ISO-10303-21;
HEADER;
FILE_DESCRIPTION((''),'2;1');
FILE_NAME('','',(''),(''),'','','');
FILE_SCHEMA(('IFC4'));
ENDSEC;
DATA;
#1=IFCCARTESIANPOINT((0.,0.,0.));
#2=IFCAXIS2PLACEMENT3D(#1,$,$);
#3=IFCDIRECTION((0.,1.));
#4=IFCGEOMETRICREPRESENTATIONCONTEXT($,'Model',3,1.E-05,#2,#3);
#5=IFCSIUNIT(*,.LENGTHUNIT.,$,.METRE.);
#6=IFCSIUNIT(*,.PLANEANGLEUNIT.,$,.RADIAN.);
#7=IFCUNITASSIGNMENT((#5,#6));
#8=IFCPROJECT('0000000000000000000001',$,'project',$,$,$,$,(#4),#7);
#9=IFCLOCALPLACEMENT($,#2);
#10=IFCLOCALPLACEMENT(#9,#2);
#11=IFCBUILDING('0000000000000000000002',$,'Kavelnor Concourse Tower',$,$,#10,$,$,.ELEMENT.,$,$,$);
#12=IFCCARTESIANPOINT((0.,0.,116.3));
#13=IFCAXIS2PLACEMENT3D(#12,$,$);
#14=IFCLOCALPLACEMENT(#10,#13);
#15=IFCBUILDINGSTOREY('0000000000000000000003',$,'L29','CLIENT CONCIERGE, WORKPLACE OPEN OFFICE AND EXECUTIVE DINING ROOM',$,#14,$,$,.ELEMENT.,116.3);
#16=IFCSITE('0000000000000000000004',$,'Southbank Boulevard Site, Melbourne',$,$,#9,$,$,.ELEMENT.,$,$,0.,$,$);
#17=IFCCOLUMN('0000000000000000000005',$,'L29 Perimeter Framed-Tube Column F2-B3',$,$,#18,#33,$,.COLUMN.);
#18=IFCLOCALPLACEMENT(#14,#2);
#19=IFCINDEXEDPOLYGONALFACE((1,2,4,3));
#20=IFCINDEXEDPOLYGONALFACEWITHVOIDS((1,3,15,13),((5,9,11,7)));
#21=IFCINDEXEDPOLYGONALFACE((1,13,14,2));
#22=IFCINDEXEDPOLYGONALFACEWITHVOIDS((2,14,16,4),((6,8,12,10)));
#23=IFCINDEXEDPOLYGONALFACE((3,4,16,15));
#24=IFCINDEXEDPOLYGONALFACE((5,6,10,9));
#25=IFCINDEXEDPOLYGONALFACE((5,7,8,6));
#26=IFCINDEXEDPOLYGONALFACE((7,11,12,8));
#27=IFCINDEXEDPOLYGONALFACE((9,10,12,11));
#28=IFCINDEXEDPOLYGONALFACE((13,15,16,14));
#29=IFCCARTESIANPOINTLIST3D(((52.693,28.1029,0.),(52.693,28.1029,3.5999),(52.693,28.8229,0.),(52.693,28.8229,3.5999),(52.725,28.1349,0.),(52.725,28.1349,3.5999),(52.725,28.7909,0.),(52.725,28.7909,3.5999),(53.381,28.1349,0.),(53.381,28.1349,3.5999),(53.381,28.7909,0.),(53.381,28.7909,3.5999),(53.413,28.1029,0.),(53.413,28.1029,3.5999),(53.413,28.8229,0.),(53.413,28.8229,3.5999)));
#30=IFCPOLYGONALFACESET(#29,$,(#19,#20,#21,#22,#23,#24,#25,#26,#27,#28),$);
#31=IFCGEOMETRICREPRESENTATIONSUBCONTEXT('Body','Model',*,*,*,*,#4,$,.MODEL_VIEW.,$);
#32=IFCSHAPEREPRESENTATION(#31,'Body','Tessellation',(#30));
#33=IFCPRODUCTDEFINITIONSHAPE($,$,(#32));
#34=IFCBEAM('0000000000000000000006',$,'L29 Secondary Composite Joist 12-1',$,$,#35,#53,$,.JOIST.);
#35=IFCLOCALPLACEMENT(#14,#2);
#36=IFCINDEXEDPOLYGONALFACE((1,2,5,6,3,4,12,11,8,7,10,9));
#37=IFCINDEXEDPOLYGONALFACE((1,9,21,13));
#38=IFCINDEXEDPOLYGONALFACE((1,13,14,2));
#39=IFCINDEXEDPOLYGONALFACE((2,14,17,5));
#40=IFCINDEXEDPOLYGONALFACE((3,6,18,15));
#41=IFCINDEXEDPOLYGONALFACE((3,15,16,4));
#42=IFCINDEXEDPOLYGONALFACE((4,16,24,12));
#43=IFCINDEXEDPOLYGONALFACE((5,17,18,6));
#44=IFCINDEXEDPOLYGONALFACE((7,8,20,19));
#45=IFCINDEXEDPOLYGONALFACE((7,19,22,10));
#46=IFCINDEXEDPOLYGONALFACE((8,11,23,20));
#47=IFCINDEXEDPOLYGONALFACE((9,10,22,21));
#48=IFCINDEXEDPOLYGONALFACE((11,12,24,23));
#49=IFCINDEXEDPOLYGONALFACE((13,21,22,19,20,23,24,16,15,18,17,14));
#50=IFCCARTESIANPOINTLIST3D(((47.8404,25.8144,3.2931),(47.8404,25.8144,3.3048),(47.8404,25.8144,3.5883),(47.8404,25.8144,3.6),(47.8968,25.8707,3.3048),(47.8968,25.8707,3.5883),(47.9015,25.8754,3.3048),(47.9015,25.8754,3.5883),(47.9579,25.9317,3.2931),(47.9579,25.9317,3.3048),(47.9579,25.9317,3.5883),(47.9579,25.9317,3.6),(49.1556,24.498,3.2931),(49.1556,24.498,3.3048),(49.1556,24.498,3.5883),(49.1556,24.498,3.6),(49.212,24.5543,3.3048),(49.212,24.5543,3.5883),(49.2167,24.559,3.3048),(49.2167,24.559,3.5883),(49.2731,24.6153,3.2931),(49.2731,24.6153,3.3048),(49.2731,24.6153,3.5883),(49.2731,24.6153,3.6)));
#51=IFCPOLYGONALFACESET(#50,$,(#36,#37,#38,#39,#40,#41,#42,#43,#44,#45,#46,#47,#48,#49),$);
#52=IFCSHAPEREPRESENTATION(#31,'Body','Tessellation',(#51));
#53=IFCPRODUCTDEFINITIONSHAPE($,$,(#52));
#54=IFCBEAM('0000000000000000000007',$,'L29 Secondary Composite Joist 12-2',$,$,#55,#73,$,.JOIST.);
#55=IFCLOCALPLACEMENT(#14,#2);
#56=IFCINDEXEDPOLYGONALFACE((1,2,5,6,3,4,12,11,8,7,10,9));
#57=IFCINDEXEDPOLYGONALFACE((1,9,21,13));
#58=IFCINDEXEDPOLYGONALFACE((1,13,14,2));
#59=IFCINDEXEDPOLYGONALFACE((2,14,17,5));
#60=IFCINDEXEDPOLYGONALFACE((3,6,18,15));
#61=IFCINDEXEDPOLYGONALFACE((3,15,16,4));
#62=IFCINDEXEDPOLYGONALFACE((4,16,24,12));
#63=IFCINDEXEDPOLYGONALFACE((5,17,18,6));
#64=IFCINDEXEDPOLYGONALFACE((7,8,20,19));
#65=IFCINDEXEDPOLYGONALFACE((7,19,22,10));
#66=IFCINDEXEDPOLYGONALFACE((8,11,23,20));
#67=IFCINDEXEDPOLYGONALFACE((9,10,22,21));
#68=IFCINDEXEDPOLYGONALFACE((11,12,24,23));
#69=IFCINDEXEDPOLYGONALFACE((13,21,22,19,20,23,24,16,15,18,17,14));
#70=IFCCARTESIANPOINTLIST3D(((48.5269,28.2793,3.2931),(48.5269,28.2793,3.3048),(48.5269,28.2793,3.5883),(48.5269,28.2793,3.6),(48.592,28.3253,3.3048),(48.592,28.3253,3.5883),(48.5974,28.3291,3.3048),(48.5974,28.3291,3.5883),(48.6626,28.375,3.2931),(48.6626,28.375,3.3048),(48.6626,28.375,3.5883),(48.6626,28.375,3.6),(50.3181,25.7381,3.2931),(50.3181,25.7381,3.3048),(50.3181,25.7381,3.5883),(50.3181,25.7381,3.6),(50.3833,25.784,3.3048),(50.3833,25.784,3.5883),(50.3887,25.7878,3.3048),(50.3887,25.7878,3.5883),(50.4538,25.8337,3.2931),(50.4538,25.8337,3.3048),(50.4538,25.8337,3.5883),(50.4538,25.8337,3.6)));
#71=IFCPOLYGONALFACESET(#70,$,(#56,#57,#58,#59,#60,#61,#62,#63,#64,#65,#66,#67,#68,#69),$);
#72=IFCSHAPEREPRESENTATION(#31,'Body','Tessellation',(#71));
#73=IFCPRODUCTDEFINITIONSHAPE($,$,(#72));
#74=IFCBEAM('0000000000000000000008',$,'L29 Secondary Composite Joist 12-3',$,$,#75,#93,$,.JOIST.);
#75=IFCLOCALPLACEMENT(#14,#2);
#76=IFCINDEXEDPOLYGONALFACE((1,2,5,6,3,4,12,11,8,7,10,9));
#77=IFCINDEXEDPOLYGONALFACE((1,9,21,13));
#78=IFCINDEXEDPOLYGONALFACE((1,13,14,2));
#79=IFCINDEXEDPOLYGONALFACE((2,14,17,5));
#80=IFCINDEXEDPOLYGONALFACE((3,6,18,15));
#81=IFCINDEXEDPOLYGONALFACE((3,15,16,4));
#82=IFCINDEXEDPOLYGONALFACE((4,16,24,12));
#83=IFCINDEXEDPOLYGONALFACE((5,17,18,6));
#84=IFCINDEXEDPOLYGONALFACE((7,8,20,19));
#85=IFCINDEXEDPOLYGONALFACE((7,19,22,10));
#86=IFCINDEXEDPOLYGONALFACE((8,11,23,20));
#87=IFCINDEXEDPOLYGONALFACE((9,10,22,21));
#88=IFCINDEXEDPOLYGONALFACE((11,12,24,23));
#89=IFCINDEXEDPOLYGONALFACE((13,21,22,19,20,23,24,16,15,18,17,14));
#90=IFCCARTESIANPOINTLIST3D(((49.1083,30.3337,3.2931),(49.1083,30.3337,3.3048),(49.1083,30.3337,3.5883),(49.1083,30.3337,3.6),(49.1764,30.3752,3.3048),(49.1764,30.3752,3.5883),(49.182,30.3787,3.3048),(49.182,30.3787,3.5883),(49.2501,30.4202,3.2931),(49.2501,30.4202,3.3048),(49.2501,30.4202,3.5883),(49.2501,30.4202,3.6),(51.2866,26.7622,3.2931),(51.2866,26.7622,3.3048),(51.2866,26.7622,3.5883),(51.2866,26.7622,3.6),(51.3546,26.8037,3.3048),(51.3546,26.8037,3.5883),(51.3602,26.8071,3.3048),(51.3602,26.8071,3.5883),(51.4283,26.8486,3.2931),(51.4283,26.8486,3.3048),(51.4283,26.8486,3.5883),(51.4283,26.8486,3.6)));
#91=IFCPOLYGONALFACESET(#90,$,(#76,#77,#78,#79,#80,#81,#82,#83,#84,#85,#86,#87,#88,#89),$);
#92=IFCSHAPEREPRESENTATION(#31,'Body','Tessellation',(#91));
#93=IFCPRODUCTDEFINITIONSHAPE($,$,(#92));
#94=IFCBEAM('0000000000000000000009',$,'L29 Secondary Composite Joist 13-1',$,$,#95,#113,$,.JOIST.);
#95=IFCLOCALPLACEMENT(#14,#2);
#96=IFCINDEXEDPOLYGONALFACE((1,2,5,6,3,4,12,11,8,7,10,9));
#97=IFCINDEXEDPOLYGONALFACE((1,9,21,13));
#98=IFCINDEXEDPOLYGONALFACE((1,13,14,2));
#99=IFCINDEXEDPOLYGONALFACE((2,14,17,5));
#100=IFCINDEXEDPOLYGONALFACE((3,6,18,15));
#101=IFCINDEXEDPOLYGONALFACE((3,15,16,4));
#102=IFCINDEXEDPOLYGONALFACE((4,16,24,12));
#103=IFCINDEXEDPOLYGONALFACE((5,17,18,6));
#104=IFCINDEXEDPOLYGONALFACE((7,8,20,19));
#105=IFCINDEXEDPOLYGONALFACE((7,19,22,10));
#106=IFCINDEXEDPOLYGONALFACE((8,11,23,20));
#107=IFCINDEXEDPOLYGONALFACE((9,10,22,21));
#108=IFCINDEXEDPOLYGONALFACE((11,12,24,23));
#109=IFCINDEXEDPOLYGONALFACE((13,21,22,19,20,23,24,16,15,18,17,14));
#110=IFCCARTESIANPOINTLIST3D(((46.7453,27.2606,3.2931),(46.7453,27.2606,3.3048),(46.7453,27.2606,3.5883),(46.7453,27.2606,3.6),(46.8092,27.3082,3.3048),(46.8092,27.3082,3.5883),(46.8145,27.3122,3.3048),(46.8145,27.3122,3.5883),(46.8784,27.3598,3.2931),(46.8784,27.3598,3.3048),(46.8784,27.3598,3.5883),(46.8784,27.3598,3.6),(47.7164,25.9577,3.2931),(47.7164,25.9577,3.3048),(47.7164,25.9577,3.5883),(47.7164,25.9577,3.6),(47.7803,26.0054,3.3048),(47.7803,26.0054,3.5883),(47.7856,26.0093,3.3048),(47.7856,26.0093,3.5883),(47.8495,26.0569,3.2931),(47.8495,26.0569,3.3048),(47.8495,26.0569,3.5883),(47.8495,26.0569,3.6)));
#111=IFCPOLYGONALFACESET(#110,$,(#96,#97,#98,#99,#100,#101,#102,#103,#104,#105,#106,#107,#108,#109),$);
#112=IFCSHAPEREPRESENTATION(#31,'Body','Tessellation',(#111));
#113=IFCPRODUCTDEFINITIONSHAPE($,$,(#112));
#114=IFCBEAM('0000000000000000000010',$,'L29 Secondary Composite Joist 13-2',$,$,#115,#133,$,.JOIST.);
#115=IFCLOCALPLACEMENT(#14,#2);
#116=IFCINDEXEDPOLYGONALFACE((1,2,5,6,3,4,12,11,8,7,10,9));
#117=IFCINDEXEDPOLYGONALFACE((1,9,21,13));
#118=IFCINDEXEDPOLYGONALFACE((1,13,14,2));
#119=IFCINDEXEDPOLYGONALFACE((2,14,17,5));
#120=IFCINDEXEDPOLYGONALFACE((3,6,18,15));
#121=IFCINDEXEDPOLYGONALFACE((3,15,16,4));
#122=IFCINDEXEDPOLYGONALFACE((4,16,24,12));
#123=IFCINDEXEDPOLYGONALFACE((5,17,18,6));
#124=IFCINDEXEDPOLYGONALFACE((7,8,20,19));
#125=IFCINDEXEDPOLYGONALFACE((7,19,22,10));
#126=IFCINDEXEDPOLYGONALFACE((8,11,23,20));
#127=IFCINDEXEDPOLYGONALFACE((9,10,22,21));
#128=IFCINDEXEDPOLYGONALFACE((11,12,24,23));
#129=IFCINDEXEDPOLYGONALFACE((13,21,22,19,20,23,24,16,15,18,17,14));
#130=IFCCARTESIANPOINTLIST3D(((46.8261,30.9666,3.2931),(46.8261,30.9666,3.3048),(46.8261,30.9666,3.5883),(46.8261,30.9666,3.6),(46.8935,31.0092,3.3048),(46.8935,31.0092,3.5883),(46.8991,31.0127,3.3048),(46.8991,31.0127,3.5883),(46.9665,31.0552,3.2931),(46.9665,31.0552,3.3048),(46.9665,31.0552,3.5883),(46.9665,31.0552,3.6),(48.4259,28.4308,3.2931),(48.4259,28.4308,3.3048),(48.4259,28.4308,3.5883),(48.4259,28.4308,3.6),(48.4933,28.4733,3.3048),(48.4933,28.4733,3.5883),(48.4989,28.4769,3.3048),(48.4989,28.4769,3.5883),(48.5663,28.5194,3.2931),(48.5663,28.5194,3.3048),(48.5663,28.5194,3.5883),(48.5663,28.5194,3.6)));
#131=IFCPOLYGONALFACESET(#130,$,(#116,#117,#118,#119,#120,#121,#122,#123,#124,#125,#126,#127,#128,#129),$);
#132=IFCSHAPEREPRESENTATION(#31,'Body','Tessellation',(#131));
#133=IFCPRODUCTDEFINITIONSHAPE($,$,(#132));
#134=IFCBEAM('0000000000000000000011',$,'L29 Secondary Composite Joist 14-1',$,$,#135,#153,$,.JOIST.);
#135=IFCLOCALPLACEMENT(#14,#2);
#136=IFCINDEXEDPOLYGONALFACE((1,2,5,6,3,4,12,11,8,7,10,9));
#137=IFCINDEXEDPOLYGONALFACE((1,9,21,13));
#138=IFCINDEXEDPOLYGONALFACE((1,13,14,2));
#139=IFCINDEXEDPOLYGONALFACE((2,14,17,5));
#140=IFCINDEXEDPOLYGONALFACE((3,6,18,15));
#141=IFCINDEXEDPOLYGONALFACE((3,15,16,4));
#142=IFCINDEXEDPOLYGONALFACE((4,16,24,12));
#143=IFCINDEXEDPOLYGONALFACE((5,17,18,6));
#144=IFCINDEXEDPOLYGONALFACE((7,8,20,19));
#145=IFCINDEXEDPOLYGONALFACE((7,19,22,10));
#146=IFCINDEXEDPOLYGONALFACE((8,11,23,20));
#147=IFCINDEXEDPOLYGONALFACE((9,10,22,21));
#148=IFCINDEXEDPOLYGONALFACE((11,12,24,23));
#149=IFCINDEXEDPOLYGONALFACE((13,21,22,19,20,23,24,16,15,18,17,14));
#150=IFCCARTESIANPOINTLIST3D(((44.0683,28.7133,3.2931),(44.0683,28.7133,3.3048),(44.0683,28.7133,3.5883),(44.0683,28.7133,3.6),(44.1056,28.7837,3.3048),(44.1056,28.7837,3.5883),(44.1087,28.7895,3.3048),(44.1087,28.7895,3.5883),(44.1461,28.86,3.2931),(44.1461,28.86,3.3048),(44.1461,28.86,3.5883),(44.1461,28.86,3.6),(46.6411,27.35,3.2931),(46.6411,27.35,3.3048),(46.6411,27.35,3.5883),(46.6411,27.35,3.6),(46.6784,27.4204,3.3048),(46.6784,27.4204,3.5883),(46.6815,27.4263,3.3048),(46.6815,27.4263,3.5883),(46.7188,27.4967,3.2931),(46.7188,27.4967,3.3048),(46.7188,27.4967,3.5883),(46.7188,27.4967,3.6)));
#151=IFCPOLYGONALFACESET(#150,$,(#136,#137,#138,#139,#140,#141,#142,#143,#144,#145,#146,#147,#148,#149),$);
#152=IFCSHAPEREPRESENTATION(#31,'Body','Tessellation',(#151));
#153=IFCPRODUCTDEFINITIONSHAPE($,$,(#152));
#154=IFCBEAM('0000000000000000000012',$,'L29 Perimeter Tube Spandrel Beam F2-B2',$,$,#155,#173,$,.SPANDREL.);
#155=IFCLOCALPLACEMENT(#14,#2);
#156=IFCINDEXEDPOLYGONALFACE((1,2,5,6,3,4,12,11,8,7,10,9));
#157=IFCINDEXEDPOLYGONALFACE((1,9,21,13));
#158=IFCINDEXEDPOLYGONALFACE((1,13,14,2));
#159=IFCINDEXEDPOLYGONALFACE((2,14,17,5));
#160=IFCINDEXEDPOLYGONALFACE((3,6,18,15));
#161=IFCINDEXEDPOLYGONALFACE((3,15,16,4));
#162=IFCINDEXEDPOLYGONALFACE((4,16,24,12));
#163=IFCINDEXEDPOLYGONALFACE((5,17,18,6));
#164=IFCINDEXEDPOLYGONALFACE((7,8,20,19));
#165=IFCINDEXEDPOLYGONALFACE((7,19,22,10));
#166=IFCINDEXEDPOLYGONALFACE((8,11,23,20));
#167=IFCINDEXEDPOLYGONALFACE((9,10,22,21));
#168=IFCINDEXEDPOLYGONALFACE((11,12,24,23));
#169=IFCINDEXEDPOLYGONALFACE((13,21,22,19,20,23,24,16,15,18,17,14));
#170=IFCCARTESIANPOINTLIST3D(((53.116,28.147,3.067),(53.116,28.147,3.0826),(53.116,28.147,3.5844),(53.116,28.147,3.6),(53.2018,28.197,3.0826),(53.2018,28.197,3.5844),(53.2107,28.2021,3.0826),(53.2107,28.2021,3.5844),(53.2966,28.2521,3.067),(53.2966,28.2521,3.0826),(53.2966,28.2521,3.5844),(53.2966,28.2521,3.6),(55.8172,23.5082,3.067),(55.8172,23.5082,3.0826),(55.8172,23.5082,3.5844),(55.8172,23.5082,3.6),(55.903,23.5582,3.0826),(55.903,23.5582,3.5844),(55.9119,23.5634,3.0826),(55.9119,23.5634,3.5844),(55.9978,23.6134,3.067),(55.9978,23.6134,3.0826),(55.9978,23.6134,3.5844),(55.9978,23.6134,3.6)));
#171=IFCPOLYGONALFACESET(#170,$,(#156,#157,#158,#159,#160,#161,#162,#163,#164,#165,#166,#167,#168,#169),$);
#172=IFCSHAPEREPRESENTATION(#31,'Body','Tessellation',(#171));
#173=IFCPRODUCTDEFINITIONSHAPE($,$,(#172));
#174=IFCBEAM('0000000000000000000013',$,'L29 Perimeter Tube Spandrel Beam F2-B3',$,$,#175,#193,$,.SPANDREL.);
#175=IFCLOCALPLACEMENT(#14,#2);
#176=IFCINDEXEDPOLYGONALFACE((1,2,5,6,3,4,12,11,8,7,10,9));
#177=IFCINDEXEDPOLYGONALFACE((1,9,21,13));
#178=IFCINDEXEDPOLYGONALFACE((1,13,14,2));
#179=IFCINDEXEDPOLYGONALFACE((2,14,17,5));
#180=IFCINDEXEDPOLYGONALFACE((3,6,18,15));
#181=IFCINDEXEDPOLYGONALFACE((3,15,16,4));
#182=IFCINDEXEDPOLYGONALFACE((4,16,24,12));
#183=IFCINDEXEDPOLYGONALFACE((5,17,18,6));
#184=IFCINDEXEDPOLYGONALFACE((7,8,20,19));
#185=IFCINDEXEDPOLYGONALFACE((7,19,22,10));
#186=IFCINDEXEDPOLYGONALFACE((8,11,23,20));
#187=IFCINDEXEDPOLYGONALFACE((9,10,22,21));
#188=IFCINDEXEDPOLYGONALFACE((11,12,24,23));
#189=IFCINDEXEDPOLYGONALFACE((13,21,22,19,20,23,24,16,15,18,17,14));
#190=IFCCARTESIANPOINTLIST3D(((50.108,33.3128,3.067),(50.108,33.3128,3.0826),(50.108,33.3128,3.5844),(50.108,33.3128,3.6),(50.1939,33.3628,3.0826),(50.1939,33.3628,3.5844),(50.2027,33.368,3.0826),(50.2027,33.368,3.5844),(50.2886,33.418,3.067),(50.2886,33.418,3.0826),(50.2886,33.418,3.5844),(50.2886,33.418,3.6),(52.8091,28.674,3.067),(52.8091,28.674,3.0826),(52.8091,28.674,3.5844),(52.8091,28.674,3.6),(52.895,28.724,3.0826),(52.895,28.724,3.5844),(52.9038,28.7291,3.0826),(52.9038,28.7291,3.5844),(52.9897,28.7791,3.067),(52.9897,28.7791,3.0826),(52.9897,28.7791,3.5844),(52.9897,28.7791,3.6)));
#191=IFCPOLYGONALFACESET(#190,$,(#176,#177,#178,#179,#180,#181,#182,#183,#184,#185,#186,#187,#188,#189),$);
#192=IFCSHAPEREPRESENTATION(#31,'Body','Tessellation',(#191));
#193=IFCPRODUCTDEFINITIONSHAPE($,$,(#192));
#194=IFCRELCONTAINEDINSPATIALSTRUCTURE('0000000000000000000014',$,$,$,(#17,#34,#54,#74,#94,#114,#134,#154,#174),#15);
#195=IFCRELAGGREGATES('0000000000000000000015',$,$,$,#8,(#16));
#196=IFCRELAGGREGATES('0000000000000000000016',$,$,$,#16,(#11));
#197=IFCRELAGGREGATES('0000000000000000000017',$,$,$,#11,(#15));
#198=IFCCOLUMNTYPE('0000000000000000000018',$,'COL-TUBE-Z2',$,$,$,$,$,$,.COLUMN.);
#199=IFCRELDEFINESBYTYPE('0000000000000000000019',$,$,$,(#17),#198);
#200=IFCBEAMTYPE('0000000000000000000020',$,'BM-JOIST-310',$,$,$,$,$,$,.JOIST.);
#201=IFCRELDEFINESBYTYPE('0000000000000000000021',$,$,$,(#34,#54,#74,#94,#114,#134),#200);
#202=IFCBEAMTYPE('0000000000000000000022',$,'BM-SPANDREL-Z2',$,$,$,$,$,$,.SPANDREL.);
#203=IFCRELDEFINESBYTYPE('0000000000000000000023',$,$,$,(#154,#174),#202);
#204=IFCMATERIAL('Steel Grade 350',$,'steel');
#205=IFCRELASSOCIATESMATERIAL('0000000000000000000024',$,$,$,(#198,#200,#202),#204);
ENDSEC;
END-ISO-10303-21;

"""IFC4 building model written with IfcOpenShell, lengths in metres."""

from ifc_helpers import new_model, si_unit, direction, frame, origin, origin_2d, place, context, subcontext, project, spatial, hollow_rectangle, i_section, extrude, material, material_profile, profile_set, type_object, element, save


model = new_model("IFC4")

# Units and contexts
model_context = context("Model", 3, precision=1e-05, world=origin(), true_north=direction((0.0, 1.0)))
body_context = subcontext(model_context, "Body", "Model", "MODEL_VIEW")
ifc_project = project(units=[si_unit("LENGTHUNIT", "METRE"), si_unit("PLANEANGLEUNIT", "RADIAN")], contexts=[model_context])

# Site, building, storey
site_placement = place(None, origin())
site = spatial("IfcSite", under=ifc_project, at=site_placement, Name="Southbank Boulevard Site, Melbourne", CompositionType="ELEMENT", RefElevation=0.0)
building_placement = place(site_placement, origin())
building = spatial("IfcBuilding", under=site, at=building_placement, Name="Kavelnor Concourse Tower", CompositionType="ELEMENT")
storey_placement = place(building_placement, frame((0.0, 0.0, 116.3)))
storey = spatial("IfcBuildingStorey", under=building, at=storey_placement, Name="L29", Description="CLIENT CONCIERGE, WORKPLACE OPEN OFFICE AND EXECUTIVE DINING ROOM", CompositionType="ELEMENT", Elevation=116.3)

# Column
ifc_material_1 = material(Name="Steel Grade 350", Category="steel")
ifc_material_profile_1 = material_profile(ifc_material_1, hollow_rectangle(XDim=0.72, YDim=0.72, WallThickness=0.032, at=origin_2d()), Name="SHS 720x720x32")
ifc_profile_set_1 = profile_set([ifc_material_profile_1], Name="Steel Grade 350")
column_type = type_object("IfcColumnType", Name="COL-TUBE-Z2", PredefinedType="COLUMN", material=ifc_profile_set_1)
column_placement = place(storey_placement, frame((53.053, 28.4629, 0.0), z_axis=(0.0, 0.0, 1.0), x_axis=(1.0, 0.0, 0.0)))
element("IfcColumn", 1, at=column_placement, inside=storey, type_object=column_type, Name="L29 Perimeter Framed-Tube Column F2-B3", PredefinedType="COLUMN", context=body_context, shape_type="SweptSolid", body=[
    extrude(hollow_rectangle(XDim=0.72, YDim=0.72, WallThickness=0.032, at=origin_2d()), origin(), (0.0, 0.0, 1.0), 3.5999),
])

# Beams
ifc_material_profile_2 = material_profile(ifc_material_1, i_section(OverallWidth=0.166, OverallDepth=0.3069, WebThickness=0.0066, FlangeThickness=0.0117, at=origin_2d()), Name="310UB46")
ifc_profile_set_2 = profile_set([ifc_material_profile_2], Name="Steel Grade 350")
beam_type_1 = type_object("IfcBeamType", Name="BM-JOIST-310", PredefinedType="JOIST", material=ifc_profile_set_2)
beam_1_placement = place(storey_placement, frame((49.2144, 24.5566, 3.4465), z_axis=(-0.706779, 0.707435, 0.0), x_axis=(-0.707435, -0.706779, 0.0)))
element("IfcBeam", 2, at=beam_1_placement, inside=storey, type_object=beam_type_1, Name="L29 Secondary Composite Joist 12-1", PredefinedType="JOIST", context=body_context, shape_type="SweptSolid", body=[
    extrude(i_section(OverallWidth=0.166, OverallDepth=0.3069, WebThickness=0.0066, FlangeThickness=0.0117, at=origin_2d()), origin(), (0.0, 0.0, 1.0), 1.8608),
])
beam_2_placement = place(storey_placement, frame((50.386, 25.7859, 3.4465), z_axis=(-0.576131, 0.817357, 0.0), x_axis=(-0.817357, -0.576131, 0.0)))
element("IfcBeam", 3, at=beam_2_placement, inside=storey, type_object=beam_type_1, Name="L29 Secondary Composite Joist 12-2", PredefinedType="JOIST", context=body_context, shape_type="SweptSolid", body=[
    extrude(i_section(OverallWidth=0.166, OverallDepth=0.3069, WebThickness=0.0066, FlangeThickness=0.0117, at=origin_2d()), origin(), (0.0, 0.0, 1.0), 3.1091),
])
beam_3_placement = place(storey_placement, frame((51.3574, 26.8054, 3.4465), z_axis=(-0.520687, 0.853747, 0.0), x_axis=(-0.853747, -0.520687, 0.0)))
element("IfcBeam", 4, at=beam_3_placement, inside=storey, type_object=beam_type_1, Name="L29 Secondary Composite Joist 12-3", PredefinedType="JOIST", context=body_context, shape_type="SweptSolid", body=[
    extrude(i_section(OverallWidth=0.166, OverallDepth=0.3069, WebThickness=0.0066, FlangeThickness=0.0117, at=origin_2d()), origin(), (0.0, 0.0, 1.0), 4.1833),
])
beam_4_placement = place(storey_placement, frame((47.783, 26.0073, 3.4465), z_axis=(-0.597618, 0.801781, 0.0), x_axis=(-0.801781, -0.597618, 0.0)))
element("IfcBeam", 5, at=beam_4_placement, inside=storey, type_object=beam_type_1, Name="L29 Secondary Composite Joist 13-1", PredefinedType="JOIST", context=body_context, shape_type="SweptSolid", body=[
    extrude(i_section(OverallWidth=0.166, OverallDepth=0.3069, WebThickness=0.0066, FlangeThickness=0.0117, at=origin_2d()), origin(), (0.0, 0.0, 1.0), 1.625),
])
beam_5_placement = place(storey_placement, frame((48.4961, 28.4751, 3.4465), z_axis=(-0.533573, 0.845754, 0.0), x_axis=(-0.845754, -0.533573, 0.0)))
element("IfcBeam", 6, at=beam_5_placement, inside=storey, type_object=beam_type_1, Name="L29 Secondary Composite Joist 13-2", PredefinedType="JOIST", context=body_context, shape_type="SweptSolid", body=[
    extrude(i_section(OverallWidth=0.166, OverallDepth=0.3069, WebThickness=0.0066, FlangeThickness=0.0117, at=origin_2d()), origin(), (0.0, 0.0, 1.0), 2.9983),
])
beam_6_placement = place(storey_placement, frame((46.6799, 27.4233, 3.4465), z_axis=(-0.883612, 0.468219, 0.0), x_axis=(-0.468219, -0.883612, 0.0)))
element("IfcBeam", 7, at=beam_6_placement, inside=storey, type_object=beam_type_1, Name="L29 Secondary Composite Joist 14-1", PredefinedType="JOIST", context=body_context, shape_type="SweptSolid", body=[
    extrude(i_section(OverallWidth=0.166, OverallDepth=0.3069, WebThickness=0.0066, FlangeThickness=0.0117, at=origin_2d()), origin(), (0.0, 0.0, 1.0), 2.9116),
])
ifc_material_profile_3 = material_profile(ifc_material_1, i_section(OverallWidth=0.209, OverallDepth=0.533, WebThickness=0.0103, FlangeThickness=0.0156, at=origin_2d()), Name="530UB92")
ifc_profile_set_3 = profile_set([ifc_material_profile_3], Name="Steel Grade 350")
beam_type_2 = type_object("IfcBeamType", Name="BM-SPANDREL-Z2", PredefinedType="SPANDREL", material=ifc_profile_set_3)
for number, where, z_axis, x_axis, name in (
    (8, (55.9075, 23.5608, 3.3335), (-0.503215, 0.864161, 0.0), (-0.864161, -0.503215, 0.0), "L29 Perimeter Tube Spandrel Beam F2-B2"),
    (9, (52.8994, 28.7266, 3.3335), (-0.503195, 0.864173, 0.0), (-0.864173, -0.503195, 0.0), "L29 Perimeter Tube Spandrel Beam F2-B3"),
):
    element("IfcBeam", number, at=place(storey_placement, frame(where, z_axis=z_axis, x_axis=x_axis)), inside=storey, type_object=beam_type_2, Name=name, PredefinedType="SPANDREL", context=body_context, shape_type="SweptSolid", body=[
        extrude(i_section(OverallWidth=0.209, OverallDepth=0.533, WebThickness=0.0103, FlangeThickness=0.0156, at=origin_2d()), origin(), (0.0, 0.0, 1.0), 5.3679),
    ])

save(model, "model.ifc")
